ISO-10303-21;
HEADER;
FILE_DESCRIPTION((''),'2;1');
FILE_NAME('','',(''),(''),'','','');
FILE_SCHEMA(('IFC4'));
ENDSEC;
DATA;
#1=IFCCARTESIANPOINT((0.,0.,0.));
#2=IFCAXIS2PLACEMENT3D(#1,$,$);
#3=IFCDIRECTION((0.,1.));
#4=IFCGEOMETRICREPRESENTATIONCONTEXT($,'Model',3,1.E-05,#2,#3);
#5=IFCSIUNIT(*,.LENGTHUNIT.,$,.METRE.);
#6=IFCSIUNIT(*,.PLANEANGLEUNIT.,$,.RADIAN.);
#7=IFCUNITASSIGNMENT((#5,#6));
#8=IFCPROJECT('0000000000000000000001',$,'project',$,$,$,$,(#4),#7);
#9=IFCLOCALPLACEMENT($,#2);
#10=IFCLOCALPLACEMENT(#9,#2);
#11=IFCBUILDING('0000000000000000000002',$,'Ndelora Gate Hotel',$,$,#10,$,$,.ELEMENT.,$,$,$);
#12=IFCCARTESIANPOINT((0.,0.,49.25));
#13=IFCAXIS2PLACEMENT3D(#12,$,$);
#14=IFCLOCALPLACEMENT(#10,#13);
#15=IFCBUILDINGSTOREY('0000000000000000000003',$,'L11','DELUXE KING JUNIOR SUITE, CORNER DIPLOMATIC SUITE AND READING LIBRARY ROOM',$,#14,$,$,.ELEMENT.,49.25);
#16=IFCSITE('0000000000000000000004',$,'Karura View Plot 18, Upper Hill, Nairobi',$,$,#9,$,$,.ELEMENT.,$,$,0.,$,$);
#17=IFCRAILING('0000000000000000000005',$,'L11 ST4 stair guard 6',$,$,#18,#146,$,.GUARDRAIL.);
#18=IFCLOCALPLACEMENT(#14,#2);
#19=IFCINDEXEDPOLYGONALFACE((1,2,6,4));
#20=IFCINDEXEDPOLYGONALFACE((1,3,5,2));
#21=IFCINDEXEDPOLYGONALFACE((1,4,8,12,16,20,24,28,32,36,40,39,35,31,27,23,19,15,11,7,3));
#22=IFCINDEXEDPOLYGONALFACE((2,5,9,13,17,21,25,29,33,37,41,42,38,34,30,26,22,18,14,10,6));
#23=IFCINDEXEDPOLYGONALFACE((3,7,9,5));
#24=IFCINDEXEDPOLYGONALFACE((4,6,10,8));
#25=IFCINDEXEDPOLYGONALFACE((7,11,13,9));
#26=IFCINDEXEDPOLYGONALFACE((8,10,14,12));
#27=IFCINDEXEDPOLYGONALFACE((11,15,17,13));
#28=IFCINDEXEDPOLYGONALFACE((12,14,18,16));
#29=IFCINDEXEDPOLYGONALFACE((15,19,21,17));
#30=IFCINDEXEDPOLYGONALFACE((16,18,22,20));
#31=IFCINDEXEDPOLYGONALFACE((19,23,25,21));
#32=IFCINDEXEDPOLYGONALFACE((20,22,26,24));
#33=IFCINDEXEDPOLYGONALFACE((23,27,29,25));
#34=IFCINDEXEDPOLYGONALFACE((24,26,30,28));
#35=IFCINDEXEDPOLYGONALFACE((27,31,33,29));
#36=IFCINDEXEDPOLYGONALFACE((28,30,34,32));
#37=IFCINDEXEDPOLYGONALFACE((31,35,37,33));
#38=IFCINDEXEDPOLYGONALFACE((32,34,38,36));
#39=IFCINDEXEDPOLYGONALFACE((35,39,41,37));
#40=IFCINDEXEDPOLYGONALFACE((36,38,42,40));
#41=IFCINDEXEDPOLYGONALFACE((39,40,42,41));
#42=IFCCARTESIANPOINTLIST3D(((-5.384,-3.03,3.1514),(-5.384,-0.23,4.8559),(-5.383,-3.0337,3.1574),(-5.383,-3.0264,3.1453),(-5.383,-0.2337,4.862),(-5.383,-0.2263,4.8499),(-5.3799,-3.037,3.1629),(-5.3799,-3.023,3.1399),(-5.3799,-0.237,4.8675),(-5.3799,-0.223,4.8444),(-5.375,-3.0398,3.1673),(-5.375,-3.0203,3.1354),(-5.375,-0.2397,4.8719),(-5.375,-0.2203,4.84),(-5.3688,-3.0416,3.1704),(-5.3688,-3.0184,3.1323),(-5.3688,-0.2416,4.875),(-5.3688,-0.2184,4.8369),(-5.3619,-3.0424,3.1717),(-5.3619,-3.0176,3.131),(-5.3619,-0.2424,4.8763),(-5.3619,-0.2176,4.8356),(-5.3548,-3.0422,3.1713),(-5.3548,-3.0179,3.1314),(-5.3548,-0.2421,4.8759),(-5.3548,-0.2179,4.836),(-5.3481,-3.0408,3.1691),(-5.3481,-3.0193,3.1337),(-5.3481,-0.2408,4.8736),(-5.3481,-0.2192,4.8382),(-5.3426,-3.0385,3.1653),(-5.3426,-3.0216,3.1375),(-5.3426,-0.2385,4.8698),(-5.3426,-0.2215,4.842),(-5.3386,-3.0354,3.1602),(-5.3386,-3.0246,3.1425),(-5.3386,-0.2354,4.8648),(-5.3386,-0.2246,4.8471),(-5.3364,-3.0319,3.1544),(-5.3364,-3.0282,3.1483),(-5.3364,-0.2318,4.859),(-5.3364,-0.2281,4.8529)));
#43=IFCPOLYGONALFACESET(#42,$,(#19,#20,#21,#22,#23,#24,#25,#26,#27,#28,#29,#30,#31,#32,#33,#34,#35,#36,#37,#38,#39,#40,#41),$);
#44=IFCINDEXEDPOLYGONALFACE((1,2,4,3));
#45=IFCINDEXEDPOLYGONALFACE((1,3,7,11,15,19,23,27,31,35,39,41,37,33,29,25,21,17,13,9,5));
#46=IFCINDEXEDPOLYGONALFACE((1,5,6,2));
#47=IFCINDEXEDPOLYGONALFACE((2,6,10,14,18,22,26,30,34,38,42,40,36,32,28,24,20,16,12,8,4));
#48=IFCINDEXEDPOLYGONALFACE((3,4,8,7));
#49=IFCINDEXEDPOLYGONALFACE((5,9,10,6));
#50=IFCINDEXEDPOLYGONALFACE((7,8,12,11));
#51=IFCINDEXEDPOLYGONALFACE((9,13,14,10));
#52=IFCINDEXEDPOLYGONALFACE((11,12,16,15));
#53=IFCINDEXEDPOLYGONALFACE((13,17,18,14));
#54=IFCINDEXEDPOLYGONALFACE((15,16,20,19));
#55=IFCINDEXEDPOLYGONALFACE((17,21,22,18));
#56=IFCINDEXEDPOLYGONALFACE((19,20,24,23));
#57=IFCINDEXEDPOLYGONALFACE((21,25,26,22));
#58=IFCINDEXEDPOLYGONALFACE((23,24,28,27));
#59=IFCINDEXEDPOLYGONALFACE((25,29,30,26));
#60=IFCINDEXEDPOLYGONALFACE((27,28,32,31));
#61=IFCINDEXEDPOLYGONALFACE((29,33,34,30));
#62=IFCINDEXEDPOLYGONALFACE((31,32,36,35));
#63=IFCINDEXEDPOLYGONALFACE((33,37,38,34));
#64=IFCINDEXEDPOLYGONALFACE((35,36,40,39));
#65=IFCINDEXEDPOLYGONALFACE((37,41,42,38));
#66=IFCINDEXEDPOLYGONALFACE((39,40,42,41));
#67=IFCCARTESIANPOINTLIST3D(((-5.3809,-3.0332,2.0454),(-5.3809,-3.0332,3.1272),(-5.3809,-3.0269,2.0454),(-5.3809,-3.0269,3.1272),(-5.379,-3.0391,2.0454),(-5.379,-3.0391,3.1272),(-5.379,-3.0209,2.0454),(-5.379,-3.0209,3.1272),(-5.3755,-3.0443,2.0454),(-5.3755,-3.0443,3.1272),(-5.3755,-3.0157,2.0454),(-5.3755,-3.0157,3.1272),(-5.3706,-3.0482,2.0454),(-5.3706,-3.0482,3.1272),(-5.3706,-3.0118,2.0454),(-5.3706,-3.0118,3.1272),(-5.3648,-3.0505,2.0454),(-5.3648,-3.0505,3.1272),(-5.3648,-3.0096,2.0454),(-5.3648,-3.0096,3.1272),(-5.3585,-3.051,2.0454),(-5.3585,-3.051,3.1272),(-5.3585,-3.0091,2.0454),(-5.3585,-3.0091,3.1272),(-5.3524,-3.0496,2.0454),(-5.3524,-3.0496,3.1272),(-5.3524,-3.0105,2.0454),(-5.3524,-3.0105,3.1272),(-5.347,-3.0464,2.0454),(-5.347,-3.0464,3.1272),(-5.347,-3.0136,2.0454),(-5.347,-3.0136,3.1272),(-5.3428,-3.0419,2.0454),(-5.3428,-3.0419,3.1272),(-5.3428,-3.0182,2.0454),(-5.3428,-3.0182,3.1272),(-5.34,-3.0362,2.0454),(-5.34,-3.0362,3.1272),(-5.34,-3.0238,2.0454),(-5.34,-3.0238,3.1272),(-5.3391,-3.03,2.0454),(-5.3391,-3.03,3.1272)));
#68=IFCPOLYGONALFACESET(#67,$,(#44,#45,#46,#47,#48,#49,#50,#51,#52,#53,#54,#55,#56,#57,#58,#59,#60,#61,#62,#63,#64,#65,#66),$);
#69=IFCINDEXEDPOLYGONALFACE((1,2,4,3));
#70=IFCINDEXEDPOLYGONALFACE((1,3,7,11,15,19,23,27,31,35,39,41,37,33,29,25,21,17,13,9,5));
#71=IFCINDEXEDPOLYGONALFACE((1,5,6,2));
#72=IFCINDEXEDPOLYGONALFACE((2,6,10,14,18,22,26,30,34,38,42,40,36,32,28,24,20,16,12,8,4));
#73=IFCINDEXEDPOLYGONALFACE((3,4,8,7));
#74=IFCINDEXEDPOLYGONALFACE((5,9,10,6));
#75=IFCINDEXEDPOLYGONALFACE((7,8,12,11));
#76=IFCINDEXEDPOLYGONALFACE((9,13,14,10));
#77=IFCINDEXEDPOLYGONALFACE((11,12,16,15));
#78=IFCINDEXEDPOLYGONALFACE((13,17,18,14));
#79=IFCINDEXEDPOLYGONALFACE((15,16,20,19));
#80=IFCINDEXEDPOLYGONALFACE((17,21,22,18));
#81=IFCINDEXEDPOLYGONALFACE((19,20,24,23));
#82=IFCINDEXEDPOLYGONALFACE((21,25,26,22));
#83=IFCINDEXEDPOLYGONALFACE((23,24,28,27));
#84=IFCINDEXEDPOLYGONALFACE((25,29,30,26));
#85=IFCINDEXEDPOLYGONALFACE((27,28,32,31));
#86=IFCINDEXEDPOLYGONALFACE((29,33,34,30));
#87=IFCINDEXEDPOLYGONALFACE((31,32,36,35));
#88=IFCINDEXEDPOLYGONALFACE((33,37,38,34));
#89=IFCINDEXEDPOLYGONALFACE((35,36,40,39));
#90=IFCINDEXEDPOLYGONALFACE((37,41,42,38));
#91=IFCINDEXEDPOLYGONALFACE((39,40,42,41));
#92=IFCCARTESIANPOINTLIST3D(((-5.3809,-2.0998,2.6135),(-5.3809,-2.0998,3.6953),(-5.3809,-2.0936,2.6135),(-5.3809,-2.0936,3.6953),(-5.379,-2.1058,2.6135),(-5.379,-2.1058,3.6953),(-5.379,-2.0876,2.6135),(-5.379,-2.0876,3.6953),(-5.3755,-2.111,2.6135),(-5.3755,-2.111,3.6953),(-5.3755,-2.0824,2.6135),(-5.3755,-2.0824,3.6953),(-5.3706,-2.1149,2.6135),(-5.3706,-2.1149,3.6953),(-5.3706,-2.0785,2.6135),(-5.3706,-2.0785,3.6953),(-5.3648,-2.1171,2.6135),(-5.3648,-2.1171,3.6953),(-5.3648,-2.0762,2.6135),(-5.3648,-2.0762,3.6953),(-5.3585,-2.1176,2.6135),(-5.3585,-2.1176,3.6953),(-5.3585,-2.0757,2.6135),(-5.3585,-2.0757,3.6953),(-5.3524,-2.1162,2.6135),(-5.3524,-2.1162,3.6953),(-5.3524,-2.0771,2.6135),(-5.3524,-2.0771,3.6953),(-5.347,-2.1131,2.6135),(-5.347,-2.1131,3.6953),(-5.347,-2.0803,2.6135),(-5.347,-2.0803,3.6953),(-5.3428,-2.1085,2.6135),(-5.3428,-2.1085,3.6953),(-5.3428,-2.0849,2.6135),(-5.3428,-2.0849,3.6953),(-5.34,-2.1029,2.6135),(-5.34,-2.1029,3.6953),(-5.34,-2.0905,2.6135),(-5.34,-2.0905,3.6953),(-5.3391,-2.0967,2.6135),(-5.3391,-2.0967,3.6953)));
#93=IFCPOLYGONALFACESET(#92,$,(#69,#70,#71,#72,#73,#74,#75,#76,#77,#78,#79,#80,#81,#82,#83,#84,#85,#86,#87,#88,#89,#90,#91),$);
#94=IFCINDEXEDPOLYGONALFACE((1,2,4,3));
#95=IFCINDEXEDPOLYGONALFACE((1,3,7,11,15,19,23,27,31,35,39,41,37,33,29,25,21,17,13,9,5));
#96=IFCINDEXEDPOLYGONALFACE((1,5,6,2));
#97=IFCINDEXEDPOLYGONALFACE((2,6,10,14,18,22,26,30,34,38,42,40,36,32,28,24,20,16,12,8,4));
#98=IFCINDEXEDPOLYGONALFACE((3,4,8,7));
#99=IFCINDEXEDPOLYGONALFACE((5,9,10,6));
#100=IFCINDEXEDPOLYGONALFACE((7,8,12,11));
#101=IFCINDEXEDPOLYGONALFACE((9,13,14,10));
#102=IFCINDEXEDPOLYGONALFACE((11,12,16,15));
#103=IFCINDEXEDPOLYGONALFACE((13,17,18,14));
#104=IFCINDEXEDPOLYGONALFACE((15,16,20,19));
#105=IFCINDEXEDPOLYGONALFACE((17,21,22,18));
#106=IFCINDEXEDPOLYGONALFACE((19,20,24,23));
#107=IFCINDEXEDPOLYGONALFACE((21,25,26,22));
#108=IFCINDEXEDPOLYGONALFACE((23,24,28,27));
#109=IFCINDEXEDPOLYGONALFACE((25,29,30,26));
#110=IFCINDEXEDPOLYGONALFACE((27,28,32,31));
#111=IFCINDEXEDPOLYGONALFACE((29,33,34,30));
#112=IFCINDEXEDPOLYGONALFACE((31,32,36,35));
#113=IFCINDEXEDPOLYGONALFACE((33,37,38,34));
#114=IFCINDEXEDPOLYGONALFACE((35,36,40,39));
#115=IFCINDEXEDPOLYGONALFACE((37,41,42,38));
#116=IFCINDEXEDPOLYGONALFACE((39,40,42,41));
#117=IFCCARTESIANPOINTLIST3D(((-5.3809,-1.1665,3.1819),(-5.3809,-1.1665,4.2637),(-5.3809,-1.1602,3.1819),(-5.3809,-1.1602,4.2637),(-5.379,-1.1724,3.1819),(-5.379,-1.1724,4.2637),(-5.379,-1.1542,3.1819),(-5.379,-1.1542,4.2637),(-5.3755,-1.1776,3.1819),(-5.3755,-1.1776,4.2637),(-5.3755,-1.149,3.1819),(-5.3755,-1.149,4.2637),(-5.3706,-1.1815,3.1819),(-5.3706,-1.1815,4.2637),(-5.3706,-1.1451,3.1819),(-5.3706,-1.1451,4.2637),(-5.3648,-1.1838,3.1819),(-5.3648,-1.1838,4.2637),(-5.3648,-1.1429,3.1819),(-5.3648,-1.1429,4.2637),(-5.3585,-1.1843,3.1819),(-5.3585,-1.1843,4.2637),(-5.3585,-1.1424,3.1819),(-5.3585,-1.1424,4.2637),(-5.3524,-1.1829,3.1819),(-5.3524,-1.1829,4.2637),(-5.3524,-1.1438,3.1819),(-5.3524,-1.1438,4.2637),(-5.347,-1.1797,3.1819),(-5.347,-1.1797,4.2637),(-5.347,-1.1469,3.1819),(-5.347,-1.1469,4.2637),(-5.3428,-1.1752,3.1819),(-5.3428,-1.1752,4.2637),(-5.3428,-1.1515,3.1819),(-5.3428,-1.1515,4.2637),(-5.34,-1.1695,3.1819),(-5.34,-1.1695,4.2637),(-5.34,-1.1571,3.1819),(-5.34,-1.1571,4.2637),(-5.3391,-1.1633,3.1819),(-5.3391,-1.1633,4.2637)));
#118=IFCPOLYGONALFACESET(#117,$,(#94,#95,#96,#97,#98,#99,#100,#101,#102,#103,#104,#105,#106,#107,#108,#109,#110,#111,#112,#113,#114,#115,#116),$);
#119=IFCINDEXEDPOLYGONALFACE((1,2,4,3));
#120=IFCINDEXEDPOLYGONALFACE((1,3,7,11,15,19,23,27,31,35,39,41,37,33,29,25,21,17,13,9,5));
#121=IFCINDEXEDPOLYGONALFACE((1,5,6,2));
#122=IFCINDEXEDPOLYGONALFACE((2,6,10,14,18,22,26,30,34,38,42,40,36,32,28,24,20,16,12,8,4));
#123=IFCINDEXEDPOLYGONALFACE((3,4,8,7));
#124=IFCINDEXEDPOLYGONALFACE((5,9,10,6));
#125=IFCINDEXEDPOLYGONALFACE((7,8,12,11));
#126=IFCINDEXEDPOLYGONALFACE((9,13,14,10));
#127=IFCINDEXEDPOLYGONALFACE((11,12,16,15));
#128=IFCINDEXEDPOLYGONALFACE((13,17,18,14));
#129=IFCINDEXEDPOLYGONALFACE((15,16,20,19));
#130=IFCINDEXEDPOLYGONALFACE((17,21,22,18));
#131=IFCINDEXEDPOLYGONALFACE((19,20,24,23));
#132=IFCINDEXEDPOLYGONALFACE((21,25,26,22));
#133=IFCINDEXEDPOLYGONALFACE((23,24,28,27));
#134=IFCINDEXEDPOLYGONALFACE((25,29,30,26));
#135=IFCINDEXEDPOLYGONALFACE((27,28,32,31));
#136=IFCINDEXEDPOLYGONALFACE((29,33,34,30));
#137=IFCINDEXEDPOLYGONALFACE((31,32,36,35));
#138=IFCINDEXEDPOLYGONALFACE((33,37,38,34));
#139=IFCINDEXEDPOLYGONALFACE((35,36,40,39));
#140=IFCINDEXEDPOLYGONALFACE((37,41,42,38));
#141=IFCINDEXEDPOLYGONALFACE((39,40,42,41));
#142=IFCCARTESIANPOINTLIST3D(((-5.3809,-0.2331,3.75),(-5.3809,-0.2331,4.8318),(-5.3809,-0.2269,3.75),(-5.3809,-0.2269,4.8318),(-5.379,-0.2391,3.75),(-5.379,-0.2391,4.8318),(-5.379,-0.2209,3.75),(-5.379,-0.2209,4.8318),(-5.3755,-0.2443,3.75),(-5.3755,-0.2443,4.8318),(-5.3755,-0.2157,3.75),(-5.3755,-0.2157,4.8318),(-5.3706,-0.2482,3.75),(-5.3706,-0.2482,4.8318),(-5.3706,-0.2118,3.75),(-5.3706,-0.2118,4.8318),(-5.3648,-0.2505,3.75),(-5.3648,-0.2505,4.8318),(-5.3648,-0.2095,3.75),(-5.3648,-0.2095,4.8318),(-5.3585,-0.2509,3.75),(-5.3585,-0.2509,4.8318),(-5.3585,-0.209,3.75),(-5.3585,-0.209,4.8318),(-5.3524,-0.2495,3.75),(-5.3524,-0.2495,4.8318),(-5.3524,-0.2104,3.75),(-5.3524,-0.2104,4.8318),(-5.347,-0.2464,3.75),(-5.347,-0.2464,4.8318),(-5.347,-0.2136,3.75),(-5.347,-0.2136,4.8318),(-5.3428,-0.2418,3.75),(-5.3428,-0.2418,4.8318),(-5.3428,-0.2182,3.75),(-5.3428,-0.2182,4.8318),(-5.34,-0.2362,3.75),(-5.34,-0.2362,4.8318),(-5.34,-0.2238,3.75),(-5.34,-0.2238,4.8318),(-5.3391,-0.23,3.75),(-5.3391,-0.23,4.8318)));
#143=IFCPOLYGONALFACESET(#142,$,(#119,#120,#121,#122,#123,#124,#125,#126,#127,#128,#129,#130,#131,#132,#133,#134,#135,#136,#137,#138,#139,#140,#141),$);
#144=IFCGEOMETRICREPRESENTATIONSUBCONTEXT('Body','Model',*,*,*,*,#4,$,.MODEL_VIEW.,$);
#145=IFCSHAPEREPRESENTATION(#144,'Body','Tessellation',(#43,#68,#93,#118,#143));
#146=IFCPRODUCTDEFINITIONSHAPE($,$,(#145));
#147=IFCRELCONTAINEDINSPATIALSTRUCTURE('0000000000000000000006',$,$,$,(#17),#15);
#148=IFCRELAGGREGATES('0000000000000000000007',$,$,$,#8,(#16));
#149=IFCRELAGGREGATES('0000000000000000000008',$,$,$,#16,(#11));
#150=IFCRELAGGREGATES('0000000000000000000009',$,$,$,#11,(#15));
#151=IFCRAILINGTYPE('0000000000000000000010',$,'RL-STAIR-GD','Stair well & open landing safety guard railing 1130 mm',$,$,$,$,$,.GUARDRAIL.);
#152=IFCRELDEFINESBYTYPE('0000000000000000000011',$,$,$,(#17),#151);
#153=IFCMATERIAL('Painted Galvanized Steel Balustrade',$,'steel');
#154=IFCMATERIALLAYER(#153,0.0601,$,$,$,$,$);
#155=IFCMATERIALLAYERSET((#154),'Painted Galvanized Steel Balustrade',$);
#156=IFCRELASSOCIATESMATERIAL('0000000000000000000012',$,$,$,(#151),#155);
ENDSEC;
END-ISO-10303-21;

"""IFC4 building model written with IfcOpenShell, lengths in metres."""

from ifc_helpers import new_model, si_unit, direction, frame, origin, origin_2d, place, context, subcontext, project, spatial, circle, extrude, material, layer, layer_set, type_object, element, save


model = new_model("IFC4")

# Units and contexts
model_context = context("Model", 3, precision=1e-05, world=origin(), true_north=direction((0.0, 1.0)))
body_context = subcontext(model_context, "Body", "Model", "MODEL_VIEW")
ifc_project = project(units=[si_unit("LENGTHUNIT", "METRE"), si_unit("PLANEANGLEUNIT", "RADIAN")], contexts=[model_context])

# Site, building, storey
site_placement = place(None, origin())
site = spatial("IfcSite", under=ifc_project, at=site_placement, Name="Karura View Plot 18, Upper Hill, Nairobi", CompositionType="ELEMENT", RefElevation=0.0)
building_placement = place(site_placement, origin())
building = spatial("IfcBuilding", under=site, at=building_placement, Name="Ndelora Gate Hotel", CompositionType="ELEMENT")
storey_placement = place(building_placement, frame((0.0, 0.0, 49.25)))
storey = spatial("IfcBuildingStorey", under=building, at=storey_placement, Name="L11", Description="DELUXE KING JUNIOR SUITE, CORNER DIPLOMATIC SUITE AND READING LIBRARY ROOM", CompositionType="ELEMENT", Elevation=49.25)

# Railing
ifc_material_1 = material(Name="Painted Galvanized Steel Balustrade", Category="steel")
ifc_layer_1 = layer(ifc_material_1, 0.0601)
ifc_layer_set_1 = layer_set([ifc_layer_1], Name="Painted Galvanized Steel Balustrade")
railing_type = type_object("IfcRailingType", Name="RL-STAIR-GD", Description="Stair well & open landing safety guard railing 1130 mm", PredefinedType="GUARDRAIL", material=ifc_layer_set_1)
railing_1_placement = place(storey_placement, frame((-5.3601, -3.03, 2.0454)))
element("IfcRailing", 1, at=railing_1_placement, inside=storey, type_object=railing_type, Name="L11 ST4 stair guard 6", PredefinedType="GUARDRAIL", context=body_context, shape_type="SweptSolid", body=[
    extrude(circle(Radius=0.0239, at=origin_2d()), frame((0.0, 0.0, 1.106), z_axis=(0.0, 0.85417, 0.519994), x_axis=(-1.0, 0.0, 0.0)), (0.0, 0.0, 1.0), 3.2781),
    extrude(circle(Radius=0.021, at=origin_2d()), origin(), (0.0, 0.0, 1.0), 1.0818),
    extrude(circle(Radius=0.021, at=origin_2d()), frame((0.0, 0.9333, 0.5681)), (0.0, 0.0, 1.0), 1.0818),
    extrude(circle(Radius=0.021, at=origin_2d()), frame((0.0, 1.8667, 1.1365)), (0.0, 0.0, 1.0), 1.0818),
    extrude(circle(Radius=0.021, at=origin_2d()), frame((0.0, 2.8, 1.7046)), (0.0, 0.0, 1.0), 1.0818),
])

save(model, "model.ifc")
